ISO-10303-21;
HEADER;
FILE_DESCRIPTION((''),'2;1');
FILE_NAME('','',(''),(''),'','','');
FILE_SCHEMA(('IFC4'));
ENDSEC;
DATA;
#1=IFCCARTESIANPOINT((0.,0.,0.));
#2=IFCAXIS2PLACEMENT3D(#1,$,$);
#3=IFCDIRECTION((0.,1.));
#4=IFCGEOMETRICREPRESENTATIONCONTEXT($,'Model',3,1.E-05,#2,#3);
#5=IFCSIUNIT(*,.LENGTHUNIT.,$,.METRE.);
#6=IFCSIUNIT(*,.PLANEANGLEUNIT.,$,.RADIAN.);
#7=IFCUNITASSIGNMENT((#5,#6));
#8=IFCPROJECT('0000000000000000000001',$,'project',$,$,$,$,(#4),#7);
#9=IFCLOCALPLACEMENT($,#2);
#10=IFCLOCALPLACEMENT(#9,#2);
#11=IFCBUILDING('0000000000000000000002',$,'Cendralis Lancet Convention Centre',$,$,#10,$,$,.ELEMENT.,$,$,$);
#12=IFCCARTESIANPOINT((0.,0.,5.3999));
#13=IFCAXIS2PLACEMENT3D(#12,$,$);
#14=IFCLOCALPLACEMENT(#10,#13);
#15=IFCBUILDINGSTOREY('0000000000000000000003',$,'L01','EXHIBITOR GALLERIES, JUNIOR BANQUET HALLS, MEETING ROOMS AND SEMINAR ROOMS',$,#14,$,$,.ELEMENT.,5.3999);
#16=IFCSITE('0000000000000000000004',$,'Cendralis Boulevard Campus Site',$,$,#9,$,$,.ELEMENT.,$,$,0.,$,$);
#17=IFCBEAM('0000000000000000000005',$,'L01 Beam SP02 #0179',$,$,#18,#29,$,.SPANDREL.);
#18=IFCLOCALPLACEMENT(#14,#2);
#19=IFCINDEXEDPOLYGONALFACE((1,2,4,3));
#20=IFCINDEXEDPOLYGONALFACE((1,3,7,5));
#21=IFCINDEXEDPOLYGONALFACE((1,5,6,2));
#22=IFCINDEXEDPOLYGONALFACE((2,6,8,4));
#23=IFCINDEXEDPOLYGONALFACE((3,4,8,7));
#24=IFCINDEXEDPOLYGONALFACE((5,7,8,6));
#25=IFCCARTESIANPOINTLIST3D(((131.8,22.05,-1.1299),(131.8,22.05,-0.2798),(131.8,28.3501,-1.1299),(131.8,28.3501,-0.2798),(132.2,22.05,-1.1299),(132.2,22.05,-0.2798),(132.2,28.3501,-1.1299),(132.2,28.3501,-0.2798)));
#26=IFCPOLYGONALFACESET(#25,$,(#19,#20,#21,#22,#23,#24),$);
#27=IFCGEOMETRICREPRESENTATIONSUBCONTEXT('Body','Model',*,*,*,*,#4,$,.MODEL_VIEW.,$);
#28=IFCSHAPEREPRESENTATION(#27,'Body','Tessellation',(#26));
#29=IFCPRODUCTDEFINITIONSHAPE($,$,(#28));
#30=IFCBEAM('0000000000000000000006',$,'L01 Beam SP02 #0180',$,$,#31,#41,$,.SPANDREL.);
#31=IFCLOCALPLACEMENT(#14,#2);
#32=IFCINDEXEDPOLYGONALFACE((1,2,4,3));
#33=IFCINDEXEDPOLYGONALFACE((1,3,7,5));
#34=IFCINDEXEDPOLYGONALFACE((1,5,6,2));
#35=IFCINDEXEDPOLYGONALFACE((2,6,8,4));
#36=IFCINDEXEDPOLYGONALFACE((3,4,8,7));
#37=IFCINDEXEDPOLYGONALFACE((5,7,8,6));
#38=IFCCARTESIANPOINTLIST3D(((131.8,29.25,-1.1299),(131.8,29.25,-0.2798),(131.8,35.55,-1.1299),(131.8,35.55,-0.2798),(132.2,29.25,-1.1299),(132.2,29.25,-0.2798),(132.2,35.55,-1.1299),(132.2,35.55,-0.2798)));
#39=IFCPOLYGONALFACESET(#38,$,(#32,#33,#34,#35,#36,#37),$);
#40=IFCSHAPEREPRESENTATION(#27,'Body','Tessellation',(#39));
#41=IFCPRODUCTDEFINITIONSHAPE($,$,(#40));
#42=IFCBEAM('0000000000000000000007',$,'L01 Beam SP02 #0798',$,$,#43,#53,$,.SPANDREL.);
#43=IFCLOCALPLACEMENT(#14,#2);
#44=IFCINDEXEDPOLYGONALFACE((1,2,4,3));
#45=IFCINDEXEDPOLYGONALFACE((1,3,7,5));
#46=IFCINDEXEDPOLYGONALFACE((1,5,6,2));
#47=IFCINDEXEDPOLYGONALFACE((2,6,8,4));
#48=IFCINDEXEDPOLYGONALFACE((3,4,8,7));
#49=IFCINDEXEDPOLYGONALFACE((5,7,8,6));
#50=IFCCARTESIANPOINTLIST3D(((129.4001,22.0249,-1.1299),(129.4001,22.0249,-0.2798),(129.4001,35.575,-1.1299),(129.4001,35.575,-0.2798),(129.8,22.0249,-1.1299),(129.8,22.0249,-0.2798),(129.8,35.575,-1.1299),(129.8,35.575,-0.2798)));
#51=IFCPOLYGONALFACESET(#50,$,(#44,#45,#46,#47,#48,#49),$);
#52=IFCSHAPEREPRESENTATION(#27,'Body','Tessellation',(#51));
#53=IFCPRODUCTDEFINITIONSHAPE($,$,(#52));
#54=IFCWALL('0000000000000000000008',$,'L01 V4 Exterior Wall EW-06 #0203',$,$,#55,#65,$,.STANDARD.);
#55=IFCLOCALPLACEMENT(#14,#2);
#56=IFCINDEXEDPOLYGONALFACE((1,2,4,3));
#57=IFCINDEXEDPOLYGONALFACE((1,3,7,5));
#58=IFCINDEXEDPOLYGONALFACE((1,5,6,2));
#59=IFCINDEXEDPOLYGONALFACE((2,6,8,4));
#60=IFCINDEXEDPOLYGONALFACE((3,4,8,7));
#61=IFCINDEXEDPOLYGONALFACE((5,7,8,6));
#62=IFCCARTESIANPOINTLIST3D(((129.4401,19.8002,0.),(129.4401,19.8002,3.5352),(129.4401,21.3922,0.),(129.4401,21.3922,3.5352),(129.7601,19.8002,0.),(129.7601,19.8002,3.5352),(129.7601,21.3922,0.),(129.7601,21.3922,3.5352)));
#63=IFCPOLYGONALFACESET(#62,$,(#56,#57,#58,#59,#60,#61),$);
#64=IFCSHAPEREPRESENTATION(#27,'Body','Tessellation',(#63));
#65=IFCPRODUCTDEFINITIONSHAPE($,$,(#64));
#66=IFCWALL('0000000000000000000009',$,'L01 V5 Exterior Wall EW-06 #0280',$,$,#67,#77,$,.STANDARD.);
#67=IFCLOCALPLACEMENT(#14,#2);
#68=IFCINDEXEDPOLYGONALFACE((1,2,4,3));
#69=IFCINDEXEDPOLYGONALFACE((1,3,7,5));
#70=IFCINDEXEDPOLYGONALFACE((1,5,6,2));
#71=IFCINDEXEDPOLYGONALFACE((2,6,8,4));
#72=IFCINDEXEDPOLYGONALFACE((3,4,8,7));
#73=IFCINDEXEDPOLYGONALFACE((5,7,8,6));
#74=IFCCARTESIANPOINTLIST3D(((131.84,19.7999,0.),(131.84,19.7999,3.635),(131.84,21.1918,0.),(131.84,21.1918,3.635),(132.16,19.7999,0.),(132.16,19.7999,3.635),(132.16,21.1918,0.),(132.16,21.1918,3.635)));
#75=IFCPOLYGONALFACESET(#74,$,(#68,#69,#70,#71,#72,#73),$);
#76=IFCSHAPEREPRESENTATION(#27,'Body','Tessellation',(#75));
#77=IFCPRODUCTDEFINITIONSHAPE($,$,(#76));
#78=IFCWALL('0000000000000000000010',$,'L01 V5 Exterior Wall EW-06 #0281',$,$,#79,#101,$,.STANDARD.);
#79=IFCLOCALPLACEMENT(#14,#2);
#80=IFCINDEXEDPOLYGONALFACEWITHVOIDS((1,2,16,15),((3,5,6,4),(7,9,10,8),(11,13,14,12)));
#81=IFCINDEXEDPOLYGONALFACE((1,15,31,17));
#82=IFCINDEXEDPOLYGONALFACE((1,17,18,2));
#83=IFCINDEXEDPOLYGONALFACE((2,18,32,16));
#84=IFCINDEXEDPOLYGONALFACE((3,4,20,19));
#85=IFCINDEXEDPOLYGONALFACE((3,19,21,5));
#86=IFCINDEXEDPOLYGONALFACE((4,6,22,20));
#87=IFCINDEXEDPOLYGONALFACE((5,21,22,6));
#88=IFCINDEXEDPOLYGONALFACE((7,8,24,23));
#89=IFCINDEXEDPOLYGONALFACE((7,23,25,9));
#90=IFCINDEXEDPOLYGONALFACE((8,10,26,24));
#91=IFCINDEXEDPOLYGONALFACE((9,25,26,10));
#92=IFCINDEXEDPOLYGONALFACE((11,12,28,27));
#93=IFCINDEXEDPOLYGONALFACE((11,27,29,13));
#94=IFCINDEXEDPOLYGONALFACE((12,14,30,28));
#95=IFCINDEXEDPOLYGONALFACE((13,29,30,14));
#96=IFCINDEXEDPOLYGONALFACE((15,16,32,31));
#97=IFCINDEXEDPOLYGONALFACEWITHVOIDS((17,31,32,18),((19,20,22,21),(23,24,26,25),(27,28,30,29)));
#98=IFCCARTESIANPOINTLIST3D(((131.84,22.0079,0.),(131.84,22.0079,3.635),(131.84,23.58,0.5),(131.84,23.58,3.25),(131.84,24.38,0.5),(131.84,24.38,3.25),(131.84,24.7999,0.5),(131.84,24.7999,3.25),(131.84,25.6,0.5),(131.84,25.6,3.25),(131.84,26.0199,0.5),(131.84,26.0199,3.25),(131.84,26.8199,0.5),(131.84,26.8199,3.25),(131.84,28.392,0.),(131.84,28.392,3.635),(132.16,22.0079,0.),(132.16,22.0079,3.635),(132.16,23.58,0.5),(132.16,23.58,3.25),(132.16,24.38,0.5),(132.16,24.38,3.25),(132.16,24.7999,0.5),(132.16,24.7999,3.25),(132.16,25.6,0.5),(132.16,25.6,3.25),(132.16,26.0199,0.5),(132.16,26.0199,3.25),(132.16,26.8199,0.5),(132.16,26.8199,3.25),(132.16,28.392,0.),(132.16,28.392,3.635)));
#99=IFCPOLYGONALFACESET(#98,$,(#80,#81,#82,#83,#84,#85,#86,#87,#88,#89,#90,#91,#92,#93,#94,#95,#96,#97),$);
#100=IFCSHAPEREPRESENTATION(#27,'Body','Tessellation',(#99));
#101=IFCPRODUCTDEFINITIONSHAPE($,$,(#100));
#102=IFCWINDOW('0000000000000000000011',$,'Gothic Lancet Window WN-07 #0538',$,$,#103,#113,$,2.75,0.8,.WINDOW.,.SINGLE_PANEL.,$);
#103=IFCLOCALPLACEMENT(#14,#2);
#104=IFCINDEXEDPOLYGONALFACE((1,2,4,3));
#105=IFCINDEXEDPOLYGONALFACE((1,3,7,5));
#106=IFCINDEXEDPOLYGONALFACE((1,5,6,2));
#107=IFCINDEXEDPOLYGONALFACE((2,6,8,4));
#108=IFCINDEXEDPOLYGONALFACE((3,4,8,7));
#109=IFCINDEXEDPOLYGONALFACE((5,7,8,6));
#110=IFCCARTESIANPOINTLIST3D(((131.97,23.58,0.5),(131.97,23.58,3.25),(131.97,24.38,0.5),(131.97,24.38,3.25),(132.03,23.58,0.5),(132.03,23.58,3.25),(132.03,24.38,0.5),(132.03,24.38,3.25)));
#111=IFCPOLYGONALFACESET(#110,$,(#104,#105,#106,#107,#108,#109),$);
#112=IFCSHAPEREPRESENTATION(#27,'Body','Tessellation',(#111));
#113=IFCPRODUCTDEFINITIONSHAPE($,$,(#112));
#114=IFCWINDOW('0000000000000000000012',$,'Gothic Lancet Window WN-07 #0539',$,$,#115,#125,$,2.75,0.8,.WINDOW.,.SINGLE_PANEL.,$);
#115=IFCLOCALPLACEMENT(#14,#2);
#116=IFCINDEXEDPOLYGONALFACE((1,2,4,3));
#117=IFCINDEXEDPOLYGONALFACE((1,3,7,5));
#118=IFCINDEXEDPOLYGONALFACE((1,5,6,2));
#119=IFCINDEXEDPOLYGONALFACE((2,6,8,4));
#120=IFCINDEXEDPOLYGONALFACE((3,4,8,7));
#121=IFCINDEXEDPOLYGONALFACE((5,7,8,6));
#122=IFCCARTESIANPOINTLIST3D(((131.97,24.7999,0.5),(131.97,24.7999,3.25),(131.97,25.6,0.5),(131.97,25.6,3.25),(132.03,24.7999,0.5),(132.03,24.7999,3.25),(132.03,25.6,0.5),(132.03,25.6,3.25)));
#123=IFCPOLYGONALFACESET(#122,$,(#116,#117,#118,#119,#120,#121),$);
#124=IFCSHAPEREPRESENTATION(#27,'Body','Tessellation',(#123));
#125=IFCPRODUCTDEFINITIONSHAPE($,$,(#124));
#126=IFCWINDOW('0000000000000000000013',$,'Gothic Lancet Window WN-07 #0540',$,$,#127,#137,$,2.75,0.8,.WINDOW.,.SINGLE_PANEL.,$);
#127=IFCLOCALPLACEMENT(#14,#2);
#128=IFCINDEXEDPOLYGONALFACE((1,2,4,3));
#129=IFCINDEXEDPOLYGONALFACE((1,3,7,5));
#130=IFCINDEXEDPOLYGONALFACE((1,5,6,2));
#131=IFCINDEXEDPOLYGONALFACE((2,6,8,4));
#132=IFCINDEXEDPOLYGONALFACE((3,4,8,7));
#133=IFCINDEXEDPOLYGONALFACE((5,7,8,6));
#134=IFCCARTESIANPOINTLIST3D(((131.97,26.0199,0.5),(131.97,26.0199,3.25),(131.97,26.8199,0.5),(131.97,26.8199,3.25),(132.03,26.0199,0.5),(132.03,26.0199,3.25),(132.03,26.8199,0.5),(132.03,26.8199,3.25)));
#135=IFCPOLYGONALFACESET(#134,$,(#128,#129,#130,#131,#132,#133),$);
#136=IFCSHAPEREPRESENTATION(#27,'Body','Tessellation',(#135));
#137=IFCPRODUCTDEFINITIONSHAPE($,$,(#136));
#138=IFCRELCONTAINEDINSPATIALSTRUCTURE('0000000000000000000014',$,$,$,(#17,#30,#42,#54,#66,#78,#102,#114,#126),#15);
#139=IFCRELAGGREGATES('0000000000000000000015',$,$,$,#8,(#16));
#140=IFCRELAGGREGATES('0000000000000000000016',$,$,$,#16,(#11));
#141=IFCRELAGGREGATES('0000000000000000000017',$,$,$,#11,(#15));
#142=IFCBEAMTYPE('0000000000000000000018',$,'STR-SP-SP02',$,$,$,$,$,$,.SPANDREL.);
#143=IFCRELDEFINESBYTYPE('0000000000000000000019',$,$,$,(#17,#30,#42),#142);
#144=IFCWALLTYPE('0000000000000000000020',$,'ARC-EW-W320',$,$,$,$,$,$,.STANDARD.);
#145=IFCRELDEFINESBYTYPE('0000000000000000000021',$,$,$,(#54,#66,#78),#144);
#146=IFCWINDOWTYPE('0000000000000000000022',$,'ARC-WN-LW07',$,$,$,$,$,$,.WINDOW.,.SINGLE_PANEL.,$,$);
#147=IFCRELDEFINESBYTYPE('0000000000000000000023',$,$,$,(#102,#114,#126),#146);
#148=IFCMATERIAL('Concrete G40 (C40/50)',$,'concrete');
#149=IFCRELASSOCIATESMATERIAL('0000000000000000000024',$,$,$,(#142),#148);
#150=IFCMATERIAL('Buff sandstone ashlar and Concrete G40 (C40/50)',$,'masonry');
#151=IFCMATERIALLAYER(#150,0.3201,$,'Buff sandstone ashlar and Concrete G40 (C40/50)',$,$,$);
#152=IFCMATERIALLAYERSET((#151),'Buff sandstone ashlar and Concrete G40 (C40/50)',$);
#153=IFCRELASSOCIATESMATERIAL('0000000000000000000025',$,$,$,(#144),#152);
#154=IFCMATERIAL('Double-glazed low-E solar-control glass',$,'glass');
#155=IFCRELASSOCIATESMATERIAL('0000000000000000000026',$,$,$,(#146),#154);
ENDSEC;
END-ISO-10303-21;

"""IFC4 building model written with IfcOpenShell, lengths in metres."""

from ifc_helpers import new_model, si_unit, direction, frame, frame_2d, origin, origin_2d, place, context, subcontext, project, spatial, rectangle, extrude, material, layer, layer_set, material_profile, profile_set, type_object, element, fill, save


model = new_model("IFC4")

# Units and contexts
model_context = context("Model", 3, precision=1e-05, world=origin(), true_north=direction((0.0, 1.0)))
body_context = subcontext(model_context, "Body", "Model", "MODEL_VIEW")
ifc_project = project(units=[si_unit("LENGTHUNIT", "METRE"), si_unit("PLANEANGLEUNIT", "RADIAN")], contexts=[model_context])

# Site, building, storey
site_placement = place(None, origin())
site = spatial("IfcSite", under=ifc_project, at=site_placement, Name="Cendralis Boulevard Campus Site", CompositionType="ELEMENT", RefElevation=0.0)
building_placement = place(site_placement, origin())
building = spatial("IfcBuilding", under=site, at=building_placement, Name="Cendralis Lancet Convention Centre", CompositionType="ELEMENT")
storey_placement = place(building_placement, frame((0.0, 0.0, 5.3999)))
storey = spatial("IfcBuildingStorey", under=building, at=storey_placement, Name="L01", Description="EXHIBITOR GALLERIES, JUNIOR BANQUET HALLS, MEETING ROOMS AND SEMINAR ROOMS", CompositionType="ELEMENT", Elevation=5.3999)

# Shared definitions
ifc_material_1 = material(Name="Concrete G40 (C40/50)", Category="concrete")

# Beams
ifc_material_profile_1 = material_profile(ifc_material_1, rectangle(XDim=0.3999, YDim=0.8501, at=origin_2d()), Name="RCB 400x850")
ifc_profile_set_1 = profile_set([ifc_material_profile_1], Name="Concrete G40 (C40/50)")
beam_type_1 = type_object("IfcBeamType", Name="STR-SP-SP02", PredefinedType="SPANDREL", material=ifc_profile_set_1)
for number, where, z_axis, x_axis, name in (
    (1, (132.0, 22.05, -0.7048), (0.0, 1.0, 0.0), (-1.0, 0.0, 0.0), "L01 Beam SP02 #0179"),
    (2, (132.0, 29.25, -0.7048), (0.0, 1.0, 0.0), (-1.0, 0.0, 0.0), "L01 Beam SP02 #0180"),
):
    element("IfcBeam", number, at=place(storey_placement, frame(where, z_axis=z_axis, x_axis=x_axis)), inside=storey, type_object=beam_type_1, Name=name, PredefinedType="SPANDREL", context=body_context, shape_type="SweptSolid", body=[
        extrude(rectangle(XDim=0.3999, YDim=0.8501, at=origin_2d()), origin(), (0.0, 0.0, 1.0), 6.3),
    ])
beam_1_placement = place(storey_placement, frame((129.6001, 22.0249, -0.7048), z_axis=(0.0, 1.0, 0.0), x_axis=(-1.0, 0.0, 0.0)))
element("IfcBeam", 3, at=beam_1_placement, inside=storey, type_object=beam_type_1, Name="L01 Beam SP02 #0798", PredefinedType="SPANDREL", context=body_context, shape_type="SweptSolid", body=[
    extrude(rectangle(XDim=0.3999, YDim=0.8501, at=origin_2d()), origin(), (0.0, 0.0, 1.0), 13.55),
])

# Walls
ifc_material_2 = material(Name="Buff sandstone ashlar and Concrete G40 (C40/50)", Category="masonry")
ifc_layer_1 = layer(ifc_material_2, 0.3201, Name="Buff sandstone ashlar and Concrete G40 (C40/50)")
ifc_layer_set_1 = layer_set([ifc_layer_1], Name="Buff sandstone ashlar and Concrete G40 (C40/50)")
wall_type_1 = type_object("IfcWallType", Name="ARC-EW-W320", PredefinedType="STANDARD", material=ifc_layer_set_1)
wall_1_placement = place(storey_placement, frame((129.6001, 21.3921, 0.0), z_axis=(0.0, 0.0, 1.0), x_axis=(0.0, -1.0, 0.0)))
element("IfcWall", 4, at=wall_1_placement, inside=storey, type_object=wall_type_1, Name="L01 V4 Exterior Wall EW-06 #0203", PredefinedType="STANDARD", context=body_context, shape_type="SweptSolid", body=[
    extrude(rectangle(XDim=1.592, YDim=0.3201, at=frame_2d((0.7959, 0.0))), origin(), (0.0, 0.0, 1.0), 3.5352),
])
wall_2_placement = place(storey_placement, frame((132.0, 19.8, 0.0), z_axis=(0.0, 0.0, 1.0), x_axis=(0.0, 1.0, 0.0)))
element("IfcWall", 5, at=wall_2_placement, inside=storey, type_object=wall_type_1, Name="L01 V5 Exterior Wall EW-06 #0280", PredefinedType="STANDARD", context=body_context, shape_type="SweptSolid", body=[
    extrude(rectangle(XDim=1.3918, YDim=0.3201, at=frame_2d((0.6958, 0.0))), origin(), (0.0, 0.0, 1.0), 3.635),
])

# Wall, openings, windows
wall_3_placement = place(storey_placement, frame((132.0, 22.0081, 0.0), z_axis=(0.0, 0.0, 1.0), x_axis=(0.0, 1.0, 0.0)))
wall_3 = element("IfcWall", 6, at=wall_3_placement, inside=storey, type_object=wall_type_1, Name="L01 V5 Exterior Wall EW-06 #0281", PredefinedType="STANDARD", context=body_context, shape_type="SweptSolid", body=[
    extrude(rectangle(XDim=6.384, YDim=0.3201, at=frame_2d((3.1919, 0.0))), origin(), (0.0, 0.0, 1.0), 3.635),
])
opening_1_placement = place(wall_3_placement, frame((1.572, 0.0, 0.5)))
opening_1 = element("IfcOpeningElement", 7, at=opening_1_placement, cuts=wall_3, PredefinedType="OPENING", context=body_context, shape_type="SweptSolid", body=[
    extrude(rectangle(XDim=0.8, YDim=2.75, at=frame_2d((0.3999, 1.375))), frame((0.0, 0.1699, 0.0), z_axis=(0.0, -1.0, 0.0), x_axis=(1.0, 0.0, 0.0)), (0.0, 0.0, 1.0), 0.3401),
])
opening_2_placement = place(wall_3_placement, frame((2.792, 0.0, 0.5)))
opening_2 = element("IfcOpeningElement", 8, at=opening_2_placement, cuts=wall_3, PredefinedType="OPENING", context=body_context, shape_type="SweptSolid", body=[
    extrude(rectangle(XDim=0.8, YDim=2.75, at=frame_2d((0.3999, 1.375))), frame((0.0, 0.1699, 0.0), z_axis=(0.0, -1.0, 0.0), x_axis=(1.0, 0.0, 0.0)), (0.0, 0.0, 1.0), 0.3401),
])
opening_3_placement = place(wall_3_placement, frame((4.012, 0.0, 0.5)))
opening_3 = element("IfcOpeningElement", 9, at=opening_3_placement, cuts=wall_3, PredefinedType="OPENING", context=body_context, shape_type="SweptSolid", body=[
    extrude(rectangle(XDim=0.8, YDim=2.75, at=frame_2d((0.3999, 1.375))), frame((0.0, 0.1699, 0.0), z_axis=(0.0, -1.0, 0.0), x_axis=(1.0, 0.0, 0.0)), (0.0, 0.0, 1.0), 0.3401),
])
ifc_material_3 = material(Name="Double-glazed low-E solar-control glass", Category="glass")
window_type_1 = type_object("IfcWindowType", Name="ARC-WN-LW07", PartitioningType="SINGLE_PANEL", PredefinedType="WINDOW", material=ifc_material_3)
window_1_placement = place(opening_1_placement, origin())
window_1 = element("IfcWindow", 10, at=window_1_placement, inside=storey, type_object=window_type_1, Name="Gothic Lancet Window WN-07 #0538", OverallHeight=2.75, OverallWidth=0.8, PartitioningType="SINGLE_PANEL", PredefinedType="WINDOW", context=body_context, shape_type="SweptSolid", body=[
    extrude(rectangle(XDim=0.8, YDim=2.75, at=frame_2d((0.3999, 1.375))), frame((0.0, 0.03, 0.0), z_axis=(0.0, -1.0, 0.0), x_axis=(1.0, 0.0, 0.0)), (0.0, 0.0, 1.0), 0.0601),
])
fill(opening_1, window_1)
window_2_placement = place(opening_2_placement, origin())
window_2 = element("IfcWindow", 11, at=window_2_placement, inside=storey, type_object=window_type_1, Name="Gothic Lancet Window WN-07 #0539", OverallHeight=2.75, OverallWidth=0.8, PartitioningType="SINGLE_PANEL", PredefinedType="WINDOW", context=body_context, shape_type="SweptSolid", body=[
    extrude(rectangle(XDim=0.8, YDim=2.75, at=frame_2d((0.3999, 1.375))), frame((0.0, 0.03, 0.0), z_axis=(0.0, -1.0, 0.0), x_axis=(1.0, 0.0, 0.0)), (0.0, 0.0, 1.0), 0.0601),
])
fill(opening_2, window_2)
window_3_placement = place(opening_3_placement, origin())
window_3 = element("IfcWindow", 12, at=window_3_placement, inside=storey, type_object=window_type_1, Name="Gothic Lancet Window WN-07 #0540", OverallHeight=2.75, OverallWidth=0.8, PartitioningType="SINGLE_PANEL", PredefinedType="WINDOW", context=body_context, shape_type="SweptSolid", body=[
    extrude(rectangle(XDim=0.8, YDim=2.75, at=frame_2d((0.3999, 1.375))), frame((0.0, 0.03, 0.0), z_axis=(0.0, -1.0, 0.0), x_axis=(1.0, 0.0, 0.0)), (0.0, 0.0, 1.0), 0.0601),
])
fill(opening_3, window_3)

save(model, "model.ifc")
